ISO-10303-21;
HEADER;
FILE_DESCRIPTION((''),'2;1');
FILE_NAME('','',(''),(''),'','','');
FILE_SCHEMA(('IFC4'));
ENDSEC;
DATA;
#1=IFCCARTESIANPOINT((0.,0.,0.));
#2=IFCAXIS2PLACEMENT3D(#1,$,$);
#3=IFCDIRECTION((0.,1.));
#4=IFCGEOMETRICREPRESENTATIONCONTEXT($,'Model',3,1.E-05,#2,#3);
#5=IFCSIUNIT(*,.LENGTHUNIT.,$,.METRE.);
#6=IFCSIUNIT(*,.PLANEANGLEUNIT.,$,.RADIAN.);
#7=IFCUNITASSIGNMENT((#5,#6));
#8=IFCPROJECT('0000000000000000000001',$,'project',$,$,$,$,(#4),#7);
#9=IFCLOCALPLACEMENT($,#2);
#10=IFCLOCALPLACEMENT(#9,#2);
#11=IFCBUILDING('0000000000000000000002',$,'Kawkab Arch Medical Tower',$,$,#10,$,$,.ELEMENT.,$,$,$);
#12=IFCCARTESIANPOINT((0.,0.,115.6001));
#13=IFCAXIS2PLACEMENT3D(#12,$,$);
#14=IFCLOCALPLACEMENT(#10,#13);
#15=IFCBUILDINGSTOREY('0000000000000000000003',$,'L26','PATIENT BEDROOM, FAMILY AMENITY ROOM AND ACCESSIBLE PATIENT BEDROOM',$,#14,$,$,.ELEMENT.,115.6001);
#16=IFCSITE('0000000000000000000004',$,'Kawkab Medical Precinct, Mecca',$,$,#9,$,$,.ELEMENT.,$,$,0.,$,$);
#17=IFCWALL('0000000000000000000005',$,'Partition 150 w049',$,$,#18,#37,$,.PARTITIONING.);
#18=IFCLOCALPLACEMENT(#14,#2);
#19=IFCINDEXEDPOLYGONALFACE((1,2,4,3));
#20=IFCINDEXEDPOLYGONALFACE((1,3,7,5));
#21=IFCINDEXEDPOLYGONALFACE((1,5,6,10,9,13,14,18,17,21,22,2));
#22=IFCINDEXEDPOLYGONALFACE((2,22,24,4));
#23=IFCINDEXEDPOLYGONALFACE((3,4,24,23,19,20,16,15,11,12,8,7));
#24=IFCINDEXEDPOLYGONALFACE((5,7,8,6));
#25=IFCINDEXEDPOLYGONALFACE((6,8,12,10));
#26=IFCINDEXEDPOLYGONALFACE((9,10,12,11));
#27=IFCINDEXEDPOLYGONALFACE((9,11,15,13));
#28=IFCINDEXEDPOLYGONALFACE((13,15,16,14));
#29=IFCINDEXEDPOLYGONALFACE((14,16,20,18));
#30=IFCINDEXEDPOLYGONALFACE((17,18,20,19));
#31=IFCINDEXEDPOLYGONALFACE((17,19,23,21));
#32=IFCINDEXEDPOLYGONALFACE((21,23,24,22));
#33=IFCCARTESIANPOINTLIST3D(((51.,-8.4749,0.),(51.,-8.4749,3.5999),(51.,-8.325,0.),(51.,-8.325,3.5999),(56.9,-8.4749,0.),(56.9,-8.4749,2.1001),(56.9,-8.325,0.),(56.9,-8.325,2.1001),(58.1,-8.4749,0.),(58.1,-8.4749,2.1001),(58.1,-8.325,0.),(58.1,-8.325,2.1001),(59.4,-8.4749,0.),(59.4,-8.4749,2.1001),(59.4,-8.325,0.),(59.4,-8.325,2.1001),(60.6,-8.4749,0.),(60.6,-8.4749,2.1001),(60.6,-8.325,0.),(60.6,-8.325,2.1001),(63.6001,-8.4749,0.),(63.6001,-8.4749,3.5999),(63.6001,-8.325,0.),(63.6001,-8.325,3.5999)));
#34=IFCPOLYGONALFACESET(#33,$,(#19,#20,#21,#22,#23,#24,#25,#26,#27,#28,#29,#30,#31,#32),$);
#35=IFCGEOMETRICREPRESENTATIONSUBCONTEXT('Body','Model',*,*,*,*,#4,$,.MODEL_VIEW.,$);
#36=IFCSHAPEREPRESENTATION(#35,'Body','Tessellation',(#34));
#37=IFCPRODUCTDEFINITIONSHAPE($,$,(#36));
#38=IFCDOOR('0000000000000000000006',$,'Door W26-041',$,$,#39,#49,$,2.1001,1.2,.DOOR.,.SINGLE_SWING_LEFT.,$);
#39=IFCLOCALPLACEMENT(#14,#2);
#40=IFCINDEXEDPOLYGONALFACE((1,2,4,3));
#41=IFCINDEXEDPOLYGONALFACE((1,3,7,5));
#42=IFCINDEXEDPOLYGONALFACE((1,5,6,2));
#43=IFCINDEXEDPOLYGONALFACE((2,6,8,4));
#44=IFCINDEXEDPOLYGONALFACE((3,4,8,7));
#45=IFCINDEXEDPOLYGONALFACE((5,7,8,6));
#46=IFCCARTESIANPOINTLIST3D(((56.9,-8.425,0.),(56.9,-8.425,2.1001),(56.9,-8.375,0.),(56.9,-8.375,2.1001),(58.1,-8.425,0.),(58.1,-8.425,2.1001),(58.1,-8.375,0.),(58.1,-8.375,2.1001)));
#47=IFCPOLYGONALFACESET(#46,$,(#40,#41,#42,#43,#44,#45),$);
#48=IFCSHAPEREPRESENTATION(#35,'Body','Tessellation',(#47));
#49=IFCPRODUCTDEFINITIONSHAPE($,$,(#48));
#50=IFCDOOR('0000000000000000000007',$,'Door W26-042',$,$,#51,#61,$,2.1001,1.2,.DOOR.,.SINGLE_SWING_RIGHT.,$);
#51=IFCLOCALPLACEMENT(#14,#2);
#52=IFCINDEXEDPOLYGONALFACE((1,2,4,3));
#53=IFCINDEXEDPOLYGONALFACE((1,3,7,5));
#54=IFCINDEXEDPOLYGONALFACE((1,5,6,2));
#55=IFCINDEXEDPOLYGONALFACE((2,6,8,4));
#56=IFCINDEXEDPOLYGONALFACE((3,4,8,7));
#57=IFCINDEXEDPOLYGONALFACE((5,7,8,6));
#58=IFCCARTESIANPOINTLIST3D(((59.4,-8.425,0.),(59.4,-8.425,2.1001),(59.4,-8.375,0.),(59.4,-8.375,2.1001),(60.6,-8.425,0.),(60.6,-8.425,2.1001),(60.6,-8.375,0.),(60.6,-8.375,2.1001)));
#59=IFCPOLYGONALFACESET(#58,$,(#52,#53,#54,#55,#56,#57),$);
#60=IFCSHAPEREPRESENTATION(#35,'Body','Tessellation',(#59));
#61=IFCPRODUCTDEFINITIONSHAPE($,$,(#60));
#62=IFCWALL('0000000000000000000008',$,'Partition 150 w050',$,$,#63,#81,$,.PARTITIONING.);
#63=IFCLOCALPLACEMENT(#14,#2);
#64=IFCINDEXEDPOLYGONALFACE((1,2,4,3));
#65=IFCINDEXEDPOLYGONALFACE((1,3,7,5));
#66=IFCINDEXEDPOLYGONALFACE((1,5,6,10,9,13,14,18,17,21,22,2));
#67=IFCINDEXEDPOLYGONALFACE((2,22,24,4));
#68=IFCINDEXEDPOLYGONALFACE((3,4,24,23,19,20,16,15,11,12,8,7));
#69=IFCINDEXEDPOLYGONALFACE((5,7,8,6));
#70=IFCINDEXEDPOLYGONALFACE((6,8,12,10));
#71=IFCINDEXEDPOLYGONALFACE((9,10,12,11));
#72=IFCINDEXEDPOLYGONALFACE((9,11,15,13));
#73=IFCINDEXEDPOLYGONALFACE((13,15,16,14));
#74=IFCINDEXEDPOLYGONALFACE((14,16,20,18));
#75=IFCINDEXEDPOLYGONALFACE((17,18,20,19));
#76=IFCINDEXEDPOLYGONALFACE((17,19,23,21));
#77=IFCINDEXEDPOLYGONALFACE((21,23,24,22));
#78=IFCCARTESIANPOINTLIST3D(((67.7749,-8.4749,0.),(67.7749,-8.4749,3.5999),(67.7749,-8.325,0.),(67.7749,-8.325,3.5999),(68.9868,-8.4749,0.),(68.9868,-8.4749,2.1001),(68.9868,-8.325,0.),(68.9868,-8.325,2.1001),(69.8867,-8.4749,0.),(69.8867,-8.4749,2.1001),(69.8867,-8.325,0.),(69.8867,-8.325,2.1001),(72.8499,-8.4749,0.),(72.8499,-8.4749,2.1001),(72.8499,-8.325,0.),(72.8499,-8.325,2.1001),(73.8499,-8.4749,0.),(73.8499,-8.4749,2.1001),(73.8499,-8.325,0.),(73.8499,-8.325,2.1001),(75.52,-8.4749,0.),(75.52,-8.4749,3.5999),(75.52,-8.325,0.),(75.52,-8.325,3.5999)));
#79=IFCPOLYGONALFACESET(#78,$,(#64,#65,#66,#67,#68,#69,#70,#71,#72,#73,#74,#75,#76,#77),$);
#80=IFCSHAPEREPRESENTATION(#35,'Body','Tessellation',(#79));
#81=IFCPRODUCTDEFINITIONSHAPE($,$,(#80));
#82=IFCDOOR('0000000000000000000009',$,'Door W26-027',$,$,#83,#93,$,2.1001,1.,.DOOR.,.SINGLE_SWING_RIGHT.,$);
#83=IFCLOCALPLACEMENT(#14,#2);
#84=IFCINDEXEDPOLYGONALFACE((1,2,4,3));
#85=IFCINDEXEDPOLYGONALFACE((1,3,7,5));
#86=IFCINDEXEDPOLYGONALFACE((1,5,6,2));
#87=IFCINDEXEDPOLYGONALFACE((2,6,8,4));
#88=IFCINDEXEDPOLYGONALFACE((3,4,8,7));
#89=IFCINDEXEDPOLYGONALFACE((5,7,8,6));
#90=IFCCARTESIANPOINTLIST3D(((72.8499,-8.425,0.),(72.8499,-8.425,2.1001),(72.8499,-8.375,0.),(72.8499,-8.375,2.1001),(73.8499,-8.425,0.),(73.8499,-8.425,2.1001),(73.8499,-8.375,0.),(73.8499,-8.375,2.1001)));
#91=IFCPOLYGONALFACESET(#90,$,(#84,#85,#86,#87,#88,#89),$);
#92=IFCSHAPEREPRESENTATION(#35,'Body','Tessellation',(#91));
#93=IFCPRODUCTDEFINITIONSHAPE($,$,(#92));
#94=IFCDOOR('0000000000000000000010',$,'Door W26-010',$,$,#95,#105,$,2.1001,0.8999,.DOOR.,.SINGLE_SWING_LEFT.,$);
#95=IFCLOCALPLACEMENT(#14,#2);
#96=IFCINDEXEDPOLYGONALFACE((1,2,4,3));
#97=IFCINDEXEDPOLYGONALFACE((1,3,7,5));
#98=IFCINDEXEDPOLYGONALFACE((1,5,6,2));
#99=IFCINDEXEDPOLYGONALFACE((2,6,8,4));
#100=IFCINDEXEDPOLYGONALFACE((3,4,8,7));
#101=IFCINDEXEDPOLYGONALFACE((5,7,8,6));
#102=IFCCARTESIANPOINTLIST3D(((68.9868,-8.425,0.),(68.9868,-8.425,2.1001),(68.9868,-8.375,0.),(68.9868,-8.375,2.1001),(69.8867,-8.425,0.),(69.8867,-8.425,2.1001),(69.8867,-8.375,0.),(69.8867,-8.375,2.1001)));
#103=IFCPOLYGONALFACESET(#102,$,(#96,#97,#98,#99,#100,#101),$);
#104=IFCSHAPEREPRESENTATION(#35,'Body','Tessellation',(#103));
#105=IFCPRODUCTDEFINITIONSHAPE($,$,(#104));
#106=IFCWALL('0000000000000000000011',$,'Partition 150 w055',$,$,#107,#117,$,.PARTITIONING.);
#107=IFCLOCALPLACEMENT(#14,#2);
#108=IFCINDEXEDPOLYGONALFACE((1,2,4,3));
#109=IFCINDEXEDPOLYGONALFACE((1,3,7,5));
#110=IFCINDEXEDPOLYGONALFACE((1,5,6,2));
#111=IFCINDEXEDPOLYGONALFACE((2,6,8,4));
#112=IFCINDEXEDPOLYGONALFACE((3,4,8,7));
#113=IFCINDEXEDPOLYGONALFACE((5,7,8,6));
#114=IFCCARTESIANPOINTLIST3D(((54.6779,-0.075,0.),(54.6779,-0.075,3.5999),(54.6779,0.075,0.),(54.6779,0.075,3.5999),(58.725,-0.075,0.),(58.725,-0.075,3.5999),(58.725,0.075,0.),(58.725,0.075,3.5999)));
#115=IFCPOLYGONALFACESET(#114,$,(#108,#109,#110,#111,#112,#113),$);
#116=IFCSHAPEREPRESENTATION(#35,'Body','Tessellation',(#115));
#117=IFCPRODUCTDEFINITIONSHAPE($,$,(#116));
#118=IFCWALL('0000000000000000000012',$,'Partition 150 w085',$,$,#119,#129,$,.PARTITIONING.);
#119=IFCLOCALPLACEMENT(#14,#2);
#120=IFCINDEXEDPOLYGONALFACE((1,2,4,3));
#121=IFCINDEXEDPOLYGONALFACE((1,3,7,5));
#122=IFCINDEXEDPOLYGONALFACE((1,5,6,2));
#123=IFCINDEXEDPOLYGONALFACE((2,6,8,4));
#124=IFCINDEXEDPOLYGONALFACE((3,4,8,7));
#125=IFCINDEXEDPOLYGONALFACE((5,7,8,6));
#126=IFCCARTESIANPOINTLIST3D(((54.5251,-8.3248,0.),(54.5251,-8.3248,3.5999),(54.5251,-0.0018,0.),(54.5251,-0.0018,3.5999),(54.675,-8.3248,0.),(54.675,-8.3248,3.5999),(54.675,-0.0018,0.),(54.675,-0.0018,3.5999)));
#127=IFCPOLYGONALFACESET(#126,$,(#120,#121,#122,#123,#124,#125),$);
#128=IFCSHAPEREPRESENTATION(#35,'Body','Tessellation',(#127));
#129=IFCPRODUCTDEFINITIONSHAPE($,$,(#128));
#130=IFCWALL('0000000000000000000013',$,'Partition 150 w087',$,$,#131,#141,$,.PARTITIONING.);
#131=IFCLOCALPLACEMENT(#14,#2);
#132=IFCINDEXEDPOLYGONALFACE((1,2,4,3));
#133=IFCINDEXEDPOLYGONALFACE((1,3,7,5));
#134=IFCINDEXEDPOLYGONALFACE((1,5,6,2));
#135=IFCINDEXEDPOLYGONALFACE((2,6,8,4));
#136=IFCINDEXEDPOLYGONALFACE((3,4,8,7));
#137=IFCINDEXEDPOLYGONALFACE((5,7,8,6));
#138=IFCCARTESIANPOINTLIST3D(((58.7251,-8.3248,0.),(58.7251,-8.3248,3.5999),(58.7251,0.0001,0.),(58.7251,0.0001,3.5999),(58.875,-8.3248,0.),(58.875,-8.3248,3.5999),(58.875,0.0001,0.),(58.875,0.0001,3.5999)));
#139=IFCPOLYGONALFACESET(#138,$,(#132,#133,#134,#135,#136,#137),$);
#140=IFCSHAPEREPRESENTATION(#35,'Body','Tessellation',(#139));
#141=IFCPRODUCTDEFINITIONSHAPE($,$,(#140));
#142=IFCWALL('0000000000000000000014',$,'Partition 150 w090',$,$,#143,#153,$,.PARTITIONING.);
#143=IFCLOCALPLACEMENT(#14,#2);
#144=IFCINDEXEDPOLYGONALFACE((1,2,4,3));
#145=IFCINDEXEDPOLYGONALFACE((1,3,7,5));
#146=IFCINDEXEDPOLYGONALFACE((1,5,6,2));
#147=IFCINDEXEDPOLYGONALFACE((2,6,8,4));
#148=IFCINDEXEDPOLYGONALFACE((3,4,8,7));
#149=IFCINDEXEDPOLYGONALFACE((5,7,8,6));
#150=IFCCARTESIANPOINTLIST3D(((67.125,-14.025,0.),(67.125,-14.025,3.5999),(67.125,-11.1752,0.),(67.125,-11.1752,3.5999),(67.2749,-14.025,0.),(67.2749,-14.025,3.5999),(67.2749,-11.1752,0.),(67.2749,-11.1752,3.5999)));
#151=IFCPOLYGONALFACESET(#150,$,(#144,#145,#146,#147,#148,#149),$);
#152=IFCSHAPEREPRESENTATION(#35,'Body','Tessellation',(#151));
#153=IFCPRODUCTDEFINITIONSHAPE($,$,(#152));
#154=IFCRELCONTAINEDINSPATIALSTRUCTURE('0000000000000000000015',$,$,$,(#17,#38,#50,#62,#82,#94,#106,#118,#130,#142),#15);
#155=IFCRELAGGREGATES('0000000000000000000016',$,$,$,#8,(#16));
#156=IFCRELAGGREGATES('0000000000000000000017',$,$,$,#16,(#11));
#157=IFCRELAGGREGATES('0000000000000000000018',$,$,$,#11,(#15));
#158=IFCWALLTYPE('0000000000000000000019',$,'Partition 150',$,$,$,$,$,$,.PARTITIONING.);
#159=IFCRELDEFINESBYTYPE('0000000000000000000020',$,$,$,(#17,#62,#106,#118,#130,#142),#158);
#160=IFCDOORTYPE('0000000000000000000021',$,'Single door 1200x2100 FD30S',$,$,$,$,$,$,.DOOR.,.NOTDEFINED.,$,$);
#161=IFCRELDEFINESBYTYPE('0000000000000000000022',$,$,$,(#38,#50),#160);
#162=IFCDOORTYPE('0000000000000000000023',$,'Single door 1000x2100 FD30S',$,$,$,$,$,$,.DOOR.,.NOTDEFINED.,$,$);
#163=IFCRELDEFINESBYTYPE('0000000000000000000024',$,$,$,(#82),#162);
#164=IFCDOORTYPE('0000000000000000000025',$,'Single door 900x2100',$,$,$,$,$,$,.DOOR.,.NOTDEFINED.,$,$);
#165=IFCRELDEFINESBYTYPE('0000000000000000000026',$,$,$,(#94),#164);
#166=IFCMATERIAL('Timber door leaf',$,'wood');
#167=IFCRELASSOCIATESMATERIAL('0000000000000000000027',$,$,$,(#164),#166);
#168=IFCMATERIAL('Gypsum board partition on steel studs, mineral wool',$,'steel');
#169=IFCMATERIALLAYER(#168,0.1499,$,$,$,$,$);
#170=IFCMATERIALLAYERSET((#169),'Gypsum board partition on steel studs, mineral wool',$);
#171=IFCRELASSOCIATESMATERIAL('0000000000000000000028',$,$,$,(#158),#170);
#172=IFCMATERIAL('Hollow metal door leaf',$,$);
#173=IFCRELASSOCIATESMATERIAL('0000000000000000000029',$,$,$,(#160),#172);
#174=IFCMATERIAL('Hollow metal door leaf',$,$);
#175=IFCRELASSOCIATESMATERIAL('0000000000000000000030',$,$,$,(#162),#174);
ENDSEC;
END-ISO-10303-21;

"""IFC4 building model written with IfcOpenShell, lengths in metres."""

from ifc_helpers import new_model, si_unit, direction, frame, frame_2d, origin, place, context, subcontext, project, spatial, rectangle, extrude, material, layer, layer_set, type_object, element, fill, save


model = new_model("IFC4")

# Units and contexts
model_context = context("Model", 3, precision=1e-05, world=origin(), true_north=direction((0.0, 1.0)))
body_context = subcontext(model_context, "Body", "Model", "MODEL_VIEW")
ifc_project = project(units=[si_unit("LENGTHUNIT", "METRE"), si_unit("PLANEANGLEUNIT", "RADIAN")], contexts=[model_context])

# Site, building, storey
site_placement = place(None, origin())
site = spatial("IfcSite", under=ifc_project, at=site_placement, Name="Kawkab Medical Precinct, Mecca", CompositionType="ELEMENT", RefElevation=0.0)
building_placement = place(site_placement, origin())
building = spatial("IfcBuilding", under=site, at=building_placement, Name="Kawkab Arch Medical Tower", CompositionType="ELEMENT")
storey_placement = place(building_placement, frame((0.0, 0.0, 115.6001)))
storey = spatial("IfcBuildingStorey", under=building, at=storey_placement, Name="L26", Description="PATIENT BEDROOM, FAMILY AMENITY ROOM AND ACCESSIBLE PATIENT BEDROOM", CompositionType="ELEMENT", Elevation=115.6001)

# Shared definitions
ifc_material_1 = material(Name="Timber door leaf", Category="wood")
door_type_1 = type_object("IfcDoorType", Name="Single door 900x2100", OperationType="NOTDEFINED", PredefinedType="DOOR", material=ifc_material_1)

# Walls, openings, doors
ifc_material_2 = material(Name="Gypsum board partition on steel studs, mineral wool", Category="steel")
ifc_layer_1 = layer(ifc_material_2, 0.1499)
ifc_layer_set_1 = layer_set([ifc_layer_1], Name="Gypsum board partition on steel studs, mineral wool")
wall_type_1 = type_object("IfcWallType", Name="Partition 150", PredefinedType="PARTITIONING", material=ifc_layer_set_1)
wall_1_placement = place(storey_placement, frame((51.0, -8.3999, 0.0), z_axis=(0.0, 0.0, 1.0), x_axis=(1.0, 0.0, 0.0)))
wall_1 = element("IfcWall", 1, at=wall_1_placement, inside=storey, type_object=wall_type_1, Name="Partition 150 w049", PredefinedType="PARTITIONING", context=body_context, shape_type="SweptSolid", body=[
    extrude(rectangle(XDim=12.6001, YDim=0.1499, at=frame_2d((6.3, 0.0))), origin(), (0.0, 0.0, 1.0), 3.5999),
])
opening_1_placement = place(wall_1_placement, frame((5.8999, 0.0, 0.0)))
opening_1 = element("IfcOpeningElement", 2, at=opening_1_placement, cuts=wall_1, PredefinedType="OPENING", context=body_context, shape_type="SweptSolid", body=[
    extrude(rectangle(XDim=1.2, YDim=2.1001, at=frame_2d((0.6001, 1.05))), frame((0.0, 0.085, 0.0), z_axis=(0.0, -1.0, 0.0), x_axis=(1.0, 0.0, 0.0)), (0.0, 0.0, 1.0), 0.1699),
])
opening_2_placement = place(wall_1_placement, frame((8.3999, 0.0, 0.0)))
opening_2 = element("IfcOpeningElement", 3, at=opening_2_placement, cuts=wall_1, PredefinedType="OPENING", context=body_context, shape_type="SweptSolid", body=[
    extrude(rectangle(XDim=1.2, YDim=2.1001, at=frame_2d((0.6001, 1.05))), frame((0.0, 0.085, 0.0), z_axis=(0.0, -1.0, 0.0), x_axis=(1.0, 0.0, 0.0)), (0.0, 0.0, 1.0), 0.1699),
])
ifc_material_3 = material(Name="Hollow metal door leaf")
door_type_2 = type_object("IfcDoorType", Name="Single door 1200x2100 FD30S", OperationType="NOTDEFINED", PredefinedType="DOOR", material=ifc_material_3)
door_1_placement = place(opening_1_placement, origin())
door_1 = element("IfcDoor", 4, at=door_1_placement, inside=storey, type_object=door_type_2, Name="Door W26-041", OperationType="SINGLE_SWING_LEFT", OverallHeight=2.1001, OverallWidth=1.2, PredefinedType="DOOR", context=body_context, shape_type="SweptSolid", body=[
    extrude(rectangle(XDim=1.2, YDim=2.1001, at=frame_2d((0.6001, 1.05))), frame((0.0, 0.0249, 0.0), z_axis=(0.0, -1.0, 0.0), x_axis=(1.0, 0.0, 0.0)), (0.0, 0.0, 1.0), 0.05),
])
fill(opening_1, door_1)
door_2_placement = place(opening_2_placement, origin())
door_2 = element("IfcDoor", 5, at=door_2_placement, inside=storey, type_object=door_type_2, Name="Door W26-042", OperationType="SINGLE_SWING_RIGHT", OverallHeight=2.1001, OverallWidth=1.2, PredefinedType="DOOR", context=body_context, shape_type="SweptSolid", body=[
    extrude(rectangle(XDim=1.2, YDim=2.1001, at=frame_2d((0.6001, 1.05))), frame((0.0, 0.0249, 0.0), z_axis=(0.0, -1.0, 0.0), x_axis=(1.0, 0.0, 0.0)), (0.0, 0.0, 1.0), 0.05),
])
fill(opening_2, door_2)
wall_2_placement = place(storey_placement, frame((67.7749, -8.3999, 0.0), z_axis=(0.0, 0.0, 1.0), x_axis=(1.0, 0.0, 0.0)))
wall_2 = element("IfcWall", 6, at=wall_2_placement, inside=storey, type_object=wall_type_1, Name="Partition 150 w050", PredefinedType="PARTITIONING", context=body_context, shape_type="SweptSolid", body=[
    extrude(rectangle(XDim=7.7451, YDim=0.1499, at=frame_2d((3.8726, 0.0))), origin(), (0.0, 0.0, 1.0), 3.5999),
])
opening_3_placement = place(wall_2_placement, frame((1.2119, 0.0, 0.0)))
opening_3 = element("IfcOpeningElement", 7, at=opening_3_placement, cuts=wall_2, PredefinedType="OPENING", context=body_context, shape_type="SweptSolid", body=[
    extrude(rectangle(XDim=0.8999, YDim=2.1001, at=frame_2d((0.45, 1.05))), frame((0.0, 0.085, 0.0), z_axis=(0.0, -1.0, 0.0), x_axis=(1.0, 0.0, 0.0)), (0.0, 0.0, 1.0), 0.1699),
])
opening_4_placement = place(wall_2_placement, frame((5.075, 0.0, 0.0)))
opening_4 = element("IfcOpeningElement", 8, at=opening_4_placement, cuts=wall_2, PredefinedType="OPENING", context=body_context, shape_type="SweptSolid", body=[
    extrude(rectangle(XDim=1.0, YDim=2.1001, at=frame_2d((0.5, 1.05))), frame((0.0, 0.085, 0.0), z_axis=(0.0, -1.0, 0.0), x_axis=(1.0, 0.0, 0.0)), (0.0, 0.0, 1.0), 0.1699),
])
ifc_material_4 = material(Name="Hollow metal door leaf")
door_type_3 = type_object("IfcDoorType", Name="Single door 1000x2100 FD30S", OperationType="NOTDEFINED", PredefinedType="DOOR", material=ifc_material_4)
door_3_placement = place(opening_4_placement, origin())
door_3 = element("IfcDoor", 9, at=door_3_placement, inside=storey, type_object=door_type_3, Name="Door W26-027", OperationType="SINGLE_SWING_RIGHT", OverallHeight=2.1001, OverallWidth=1.0, PredefinedType="DOOR", context=body_context, shape_type="SweptSolid", body=[
    extrude(rectangle(XDim=1.0, YDim=2.1001, at=frame_2d((0.5, 1.05))), frame((0.0, 0.0249, 0.0), z_axis=(0.0, -1.0, 0.0), x_axis=(1.0, 0.0, 0.0)), (0.0, 0.0, 1.0), 0.05),
])
fill(opening_4, door_3)
door_4_placement = place(opening_3_placement, origin())
door_4 = element("IfcDoor", 10, at=door_4_placement, inside=storey, type_object=door_type_1, Name="Door W26-010", OperationType="SINGLE_SWING_LEFT", OverallHeight=2.1001, OverallWidth=0.8999, PredefinedType="DOOR", context=body_context, shape_type="SweptSolid", body=[
    extrude(rectangle(XDim=0.8999, YDim=2.1001, at=frame_2d((0.45, 1.05))), frame((0.0, 0.0249, 0.0), z_axis=(0.0, -1.0, 0.0), x_axis=(1.0, 0.0, 0.0)), (0.0, 0.0, 1.0), 0.05),
])
fill(opening_3, door_4)

# Walls
wall_3_placement = place(storey_placement, frame((54.678, 0.0, 0.0), z_axis=(0.0, 0.0, 1.0), x_axis=(1.0, 0.0, 0.0)))
element("IfcWall", 11, at=wall_3_placement, inside=storey, type_object=wall_type_1, Name="Partition 150 w055", PredefinedType="PARTITIONING", context=body_context, shape_type="SweptSolid", body=[
    extrude(rectangle(XDim=4.0471, YDim=0.1499, at=frame_2d((2.0234, 0.0))), origin(), (0.0, 0.0, 1.0), 3.5999),
])
wall_4_placement = place(storey_placement, frame((54.6001, -8.325, 0.0), z_axis=(0.0, 0.0, 1.0), x_axis=(0.0, 1.0, 0.0)))
element("IfcWall", 12, at=wall_4_placement, inside=storey, type_object=wall_type_1, Name="Partition 150 w085", PredefinedType="PARTITIONING", context=body_context, shape_type="SweptSolid", body=[
    extrude(rectangle(XDim=8.323, YDim=0.1499, at=frame_2d((4.1616, 0.0))), origin(), (0.0, 0.0, 1.0), 3.5999),
])
wall_5_placement = place(storey_placement, frame((58.8, -8.325, 0.0), z_axis=(0.0, 0.0, 1.0), x_axis=(0.0, 1.0, 0.0)))
element("IfcWall", 13, at=wall_5_placement, inside=storey, type_object=wall_type_1, Name="Partition 150 w087", PredefinedType="PARTITIONING", context=body_context, shape_type="SweptSolid", body=[
    extrude(rectangle(XDim=8.325, YDim=0.1499, at=frame_2d((4.1626, 0.0))), origin(), (0.0, 0.0, 1.0), 3.5999),
])
wall_6_placement = place(storey_placement, frame((67.2, -14.0249, 0.0), z_axis=(0.0, 0.0, 1.0), x_axis=(0.0, 1.0, 0.0)))
element("IfcWall", 14, at=wall_6_placement, inside=storey, type_object=wall_type_1, Name="Partition 150 w090", PredefinedType="PARTITIONING", context=body_context, shape_type="SweptSolid", body=[
    extrude(rectangle(XDim=2.8499, YDim=0.1499, at=frame_2d((1.4248, 0.0))), origin(), (0.0, 0.0, 1.0), 3.5999),
])

save(model, "model.ifc")
